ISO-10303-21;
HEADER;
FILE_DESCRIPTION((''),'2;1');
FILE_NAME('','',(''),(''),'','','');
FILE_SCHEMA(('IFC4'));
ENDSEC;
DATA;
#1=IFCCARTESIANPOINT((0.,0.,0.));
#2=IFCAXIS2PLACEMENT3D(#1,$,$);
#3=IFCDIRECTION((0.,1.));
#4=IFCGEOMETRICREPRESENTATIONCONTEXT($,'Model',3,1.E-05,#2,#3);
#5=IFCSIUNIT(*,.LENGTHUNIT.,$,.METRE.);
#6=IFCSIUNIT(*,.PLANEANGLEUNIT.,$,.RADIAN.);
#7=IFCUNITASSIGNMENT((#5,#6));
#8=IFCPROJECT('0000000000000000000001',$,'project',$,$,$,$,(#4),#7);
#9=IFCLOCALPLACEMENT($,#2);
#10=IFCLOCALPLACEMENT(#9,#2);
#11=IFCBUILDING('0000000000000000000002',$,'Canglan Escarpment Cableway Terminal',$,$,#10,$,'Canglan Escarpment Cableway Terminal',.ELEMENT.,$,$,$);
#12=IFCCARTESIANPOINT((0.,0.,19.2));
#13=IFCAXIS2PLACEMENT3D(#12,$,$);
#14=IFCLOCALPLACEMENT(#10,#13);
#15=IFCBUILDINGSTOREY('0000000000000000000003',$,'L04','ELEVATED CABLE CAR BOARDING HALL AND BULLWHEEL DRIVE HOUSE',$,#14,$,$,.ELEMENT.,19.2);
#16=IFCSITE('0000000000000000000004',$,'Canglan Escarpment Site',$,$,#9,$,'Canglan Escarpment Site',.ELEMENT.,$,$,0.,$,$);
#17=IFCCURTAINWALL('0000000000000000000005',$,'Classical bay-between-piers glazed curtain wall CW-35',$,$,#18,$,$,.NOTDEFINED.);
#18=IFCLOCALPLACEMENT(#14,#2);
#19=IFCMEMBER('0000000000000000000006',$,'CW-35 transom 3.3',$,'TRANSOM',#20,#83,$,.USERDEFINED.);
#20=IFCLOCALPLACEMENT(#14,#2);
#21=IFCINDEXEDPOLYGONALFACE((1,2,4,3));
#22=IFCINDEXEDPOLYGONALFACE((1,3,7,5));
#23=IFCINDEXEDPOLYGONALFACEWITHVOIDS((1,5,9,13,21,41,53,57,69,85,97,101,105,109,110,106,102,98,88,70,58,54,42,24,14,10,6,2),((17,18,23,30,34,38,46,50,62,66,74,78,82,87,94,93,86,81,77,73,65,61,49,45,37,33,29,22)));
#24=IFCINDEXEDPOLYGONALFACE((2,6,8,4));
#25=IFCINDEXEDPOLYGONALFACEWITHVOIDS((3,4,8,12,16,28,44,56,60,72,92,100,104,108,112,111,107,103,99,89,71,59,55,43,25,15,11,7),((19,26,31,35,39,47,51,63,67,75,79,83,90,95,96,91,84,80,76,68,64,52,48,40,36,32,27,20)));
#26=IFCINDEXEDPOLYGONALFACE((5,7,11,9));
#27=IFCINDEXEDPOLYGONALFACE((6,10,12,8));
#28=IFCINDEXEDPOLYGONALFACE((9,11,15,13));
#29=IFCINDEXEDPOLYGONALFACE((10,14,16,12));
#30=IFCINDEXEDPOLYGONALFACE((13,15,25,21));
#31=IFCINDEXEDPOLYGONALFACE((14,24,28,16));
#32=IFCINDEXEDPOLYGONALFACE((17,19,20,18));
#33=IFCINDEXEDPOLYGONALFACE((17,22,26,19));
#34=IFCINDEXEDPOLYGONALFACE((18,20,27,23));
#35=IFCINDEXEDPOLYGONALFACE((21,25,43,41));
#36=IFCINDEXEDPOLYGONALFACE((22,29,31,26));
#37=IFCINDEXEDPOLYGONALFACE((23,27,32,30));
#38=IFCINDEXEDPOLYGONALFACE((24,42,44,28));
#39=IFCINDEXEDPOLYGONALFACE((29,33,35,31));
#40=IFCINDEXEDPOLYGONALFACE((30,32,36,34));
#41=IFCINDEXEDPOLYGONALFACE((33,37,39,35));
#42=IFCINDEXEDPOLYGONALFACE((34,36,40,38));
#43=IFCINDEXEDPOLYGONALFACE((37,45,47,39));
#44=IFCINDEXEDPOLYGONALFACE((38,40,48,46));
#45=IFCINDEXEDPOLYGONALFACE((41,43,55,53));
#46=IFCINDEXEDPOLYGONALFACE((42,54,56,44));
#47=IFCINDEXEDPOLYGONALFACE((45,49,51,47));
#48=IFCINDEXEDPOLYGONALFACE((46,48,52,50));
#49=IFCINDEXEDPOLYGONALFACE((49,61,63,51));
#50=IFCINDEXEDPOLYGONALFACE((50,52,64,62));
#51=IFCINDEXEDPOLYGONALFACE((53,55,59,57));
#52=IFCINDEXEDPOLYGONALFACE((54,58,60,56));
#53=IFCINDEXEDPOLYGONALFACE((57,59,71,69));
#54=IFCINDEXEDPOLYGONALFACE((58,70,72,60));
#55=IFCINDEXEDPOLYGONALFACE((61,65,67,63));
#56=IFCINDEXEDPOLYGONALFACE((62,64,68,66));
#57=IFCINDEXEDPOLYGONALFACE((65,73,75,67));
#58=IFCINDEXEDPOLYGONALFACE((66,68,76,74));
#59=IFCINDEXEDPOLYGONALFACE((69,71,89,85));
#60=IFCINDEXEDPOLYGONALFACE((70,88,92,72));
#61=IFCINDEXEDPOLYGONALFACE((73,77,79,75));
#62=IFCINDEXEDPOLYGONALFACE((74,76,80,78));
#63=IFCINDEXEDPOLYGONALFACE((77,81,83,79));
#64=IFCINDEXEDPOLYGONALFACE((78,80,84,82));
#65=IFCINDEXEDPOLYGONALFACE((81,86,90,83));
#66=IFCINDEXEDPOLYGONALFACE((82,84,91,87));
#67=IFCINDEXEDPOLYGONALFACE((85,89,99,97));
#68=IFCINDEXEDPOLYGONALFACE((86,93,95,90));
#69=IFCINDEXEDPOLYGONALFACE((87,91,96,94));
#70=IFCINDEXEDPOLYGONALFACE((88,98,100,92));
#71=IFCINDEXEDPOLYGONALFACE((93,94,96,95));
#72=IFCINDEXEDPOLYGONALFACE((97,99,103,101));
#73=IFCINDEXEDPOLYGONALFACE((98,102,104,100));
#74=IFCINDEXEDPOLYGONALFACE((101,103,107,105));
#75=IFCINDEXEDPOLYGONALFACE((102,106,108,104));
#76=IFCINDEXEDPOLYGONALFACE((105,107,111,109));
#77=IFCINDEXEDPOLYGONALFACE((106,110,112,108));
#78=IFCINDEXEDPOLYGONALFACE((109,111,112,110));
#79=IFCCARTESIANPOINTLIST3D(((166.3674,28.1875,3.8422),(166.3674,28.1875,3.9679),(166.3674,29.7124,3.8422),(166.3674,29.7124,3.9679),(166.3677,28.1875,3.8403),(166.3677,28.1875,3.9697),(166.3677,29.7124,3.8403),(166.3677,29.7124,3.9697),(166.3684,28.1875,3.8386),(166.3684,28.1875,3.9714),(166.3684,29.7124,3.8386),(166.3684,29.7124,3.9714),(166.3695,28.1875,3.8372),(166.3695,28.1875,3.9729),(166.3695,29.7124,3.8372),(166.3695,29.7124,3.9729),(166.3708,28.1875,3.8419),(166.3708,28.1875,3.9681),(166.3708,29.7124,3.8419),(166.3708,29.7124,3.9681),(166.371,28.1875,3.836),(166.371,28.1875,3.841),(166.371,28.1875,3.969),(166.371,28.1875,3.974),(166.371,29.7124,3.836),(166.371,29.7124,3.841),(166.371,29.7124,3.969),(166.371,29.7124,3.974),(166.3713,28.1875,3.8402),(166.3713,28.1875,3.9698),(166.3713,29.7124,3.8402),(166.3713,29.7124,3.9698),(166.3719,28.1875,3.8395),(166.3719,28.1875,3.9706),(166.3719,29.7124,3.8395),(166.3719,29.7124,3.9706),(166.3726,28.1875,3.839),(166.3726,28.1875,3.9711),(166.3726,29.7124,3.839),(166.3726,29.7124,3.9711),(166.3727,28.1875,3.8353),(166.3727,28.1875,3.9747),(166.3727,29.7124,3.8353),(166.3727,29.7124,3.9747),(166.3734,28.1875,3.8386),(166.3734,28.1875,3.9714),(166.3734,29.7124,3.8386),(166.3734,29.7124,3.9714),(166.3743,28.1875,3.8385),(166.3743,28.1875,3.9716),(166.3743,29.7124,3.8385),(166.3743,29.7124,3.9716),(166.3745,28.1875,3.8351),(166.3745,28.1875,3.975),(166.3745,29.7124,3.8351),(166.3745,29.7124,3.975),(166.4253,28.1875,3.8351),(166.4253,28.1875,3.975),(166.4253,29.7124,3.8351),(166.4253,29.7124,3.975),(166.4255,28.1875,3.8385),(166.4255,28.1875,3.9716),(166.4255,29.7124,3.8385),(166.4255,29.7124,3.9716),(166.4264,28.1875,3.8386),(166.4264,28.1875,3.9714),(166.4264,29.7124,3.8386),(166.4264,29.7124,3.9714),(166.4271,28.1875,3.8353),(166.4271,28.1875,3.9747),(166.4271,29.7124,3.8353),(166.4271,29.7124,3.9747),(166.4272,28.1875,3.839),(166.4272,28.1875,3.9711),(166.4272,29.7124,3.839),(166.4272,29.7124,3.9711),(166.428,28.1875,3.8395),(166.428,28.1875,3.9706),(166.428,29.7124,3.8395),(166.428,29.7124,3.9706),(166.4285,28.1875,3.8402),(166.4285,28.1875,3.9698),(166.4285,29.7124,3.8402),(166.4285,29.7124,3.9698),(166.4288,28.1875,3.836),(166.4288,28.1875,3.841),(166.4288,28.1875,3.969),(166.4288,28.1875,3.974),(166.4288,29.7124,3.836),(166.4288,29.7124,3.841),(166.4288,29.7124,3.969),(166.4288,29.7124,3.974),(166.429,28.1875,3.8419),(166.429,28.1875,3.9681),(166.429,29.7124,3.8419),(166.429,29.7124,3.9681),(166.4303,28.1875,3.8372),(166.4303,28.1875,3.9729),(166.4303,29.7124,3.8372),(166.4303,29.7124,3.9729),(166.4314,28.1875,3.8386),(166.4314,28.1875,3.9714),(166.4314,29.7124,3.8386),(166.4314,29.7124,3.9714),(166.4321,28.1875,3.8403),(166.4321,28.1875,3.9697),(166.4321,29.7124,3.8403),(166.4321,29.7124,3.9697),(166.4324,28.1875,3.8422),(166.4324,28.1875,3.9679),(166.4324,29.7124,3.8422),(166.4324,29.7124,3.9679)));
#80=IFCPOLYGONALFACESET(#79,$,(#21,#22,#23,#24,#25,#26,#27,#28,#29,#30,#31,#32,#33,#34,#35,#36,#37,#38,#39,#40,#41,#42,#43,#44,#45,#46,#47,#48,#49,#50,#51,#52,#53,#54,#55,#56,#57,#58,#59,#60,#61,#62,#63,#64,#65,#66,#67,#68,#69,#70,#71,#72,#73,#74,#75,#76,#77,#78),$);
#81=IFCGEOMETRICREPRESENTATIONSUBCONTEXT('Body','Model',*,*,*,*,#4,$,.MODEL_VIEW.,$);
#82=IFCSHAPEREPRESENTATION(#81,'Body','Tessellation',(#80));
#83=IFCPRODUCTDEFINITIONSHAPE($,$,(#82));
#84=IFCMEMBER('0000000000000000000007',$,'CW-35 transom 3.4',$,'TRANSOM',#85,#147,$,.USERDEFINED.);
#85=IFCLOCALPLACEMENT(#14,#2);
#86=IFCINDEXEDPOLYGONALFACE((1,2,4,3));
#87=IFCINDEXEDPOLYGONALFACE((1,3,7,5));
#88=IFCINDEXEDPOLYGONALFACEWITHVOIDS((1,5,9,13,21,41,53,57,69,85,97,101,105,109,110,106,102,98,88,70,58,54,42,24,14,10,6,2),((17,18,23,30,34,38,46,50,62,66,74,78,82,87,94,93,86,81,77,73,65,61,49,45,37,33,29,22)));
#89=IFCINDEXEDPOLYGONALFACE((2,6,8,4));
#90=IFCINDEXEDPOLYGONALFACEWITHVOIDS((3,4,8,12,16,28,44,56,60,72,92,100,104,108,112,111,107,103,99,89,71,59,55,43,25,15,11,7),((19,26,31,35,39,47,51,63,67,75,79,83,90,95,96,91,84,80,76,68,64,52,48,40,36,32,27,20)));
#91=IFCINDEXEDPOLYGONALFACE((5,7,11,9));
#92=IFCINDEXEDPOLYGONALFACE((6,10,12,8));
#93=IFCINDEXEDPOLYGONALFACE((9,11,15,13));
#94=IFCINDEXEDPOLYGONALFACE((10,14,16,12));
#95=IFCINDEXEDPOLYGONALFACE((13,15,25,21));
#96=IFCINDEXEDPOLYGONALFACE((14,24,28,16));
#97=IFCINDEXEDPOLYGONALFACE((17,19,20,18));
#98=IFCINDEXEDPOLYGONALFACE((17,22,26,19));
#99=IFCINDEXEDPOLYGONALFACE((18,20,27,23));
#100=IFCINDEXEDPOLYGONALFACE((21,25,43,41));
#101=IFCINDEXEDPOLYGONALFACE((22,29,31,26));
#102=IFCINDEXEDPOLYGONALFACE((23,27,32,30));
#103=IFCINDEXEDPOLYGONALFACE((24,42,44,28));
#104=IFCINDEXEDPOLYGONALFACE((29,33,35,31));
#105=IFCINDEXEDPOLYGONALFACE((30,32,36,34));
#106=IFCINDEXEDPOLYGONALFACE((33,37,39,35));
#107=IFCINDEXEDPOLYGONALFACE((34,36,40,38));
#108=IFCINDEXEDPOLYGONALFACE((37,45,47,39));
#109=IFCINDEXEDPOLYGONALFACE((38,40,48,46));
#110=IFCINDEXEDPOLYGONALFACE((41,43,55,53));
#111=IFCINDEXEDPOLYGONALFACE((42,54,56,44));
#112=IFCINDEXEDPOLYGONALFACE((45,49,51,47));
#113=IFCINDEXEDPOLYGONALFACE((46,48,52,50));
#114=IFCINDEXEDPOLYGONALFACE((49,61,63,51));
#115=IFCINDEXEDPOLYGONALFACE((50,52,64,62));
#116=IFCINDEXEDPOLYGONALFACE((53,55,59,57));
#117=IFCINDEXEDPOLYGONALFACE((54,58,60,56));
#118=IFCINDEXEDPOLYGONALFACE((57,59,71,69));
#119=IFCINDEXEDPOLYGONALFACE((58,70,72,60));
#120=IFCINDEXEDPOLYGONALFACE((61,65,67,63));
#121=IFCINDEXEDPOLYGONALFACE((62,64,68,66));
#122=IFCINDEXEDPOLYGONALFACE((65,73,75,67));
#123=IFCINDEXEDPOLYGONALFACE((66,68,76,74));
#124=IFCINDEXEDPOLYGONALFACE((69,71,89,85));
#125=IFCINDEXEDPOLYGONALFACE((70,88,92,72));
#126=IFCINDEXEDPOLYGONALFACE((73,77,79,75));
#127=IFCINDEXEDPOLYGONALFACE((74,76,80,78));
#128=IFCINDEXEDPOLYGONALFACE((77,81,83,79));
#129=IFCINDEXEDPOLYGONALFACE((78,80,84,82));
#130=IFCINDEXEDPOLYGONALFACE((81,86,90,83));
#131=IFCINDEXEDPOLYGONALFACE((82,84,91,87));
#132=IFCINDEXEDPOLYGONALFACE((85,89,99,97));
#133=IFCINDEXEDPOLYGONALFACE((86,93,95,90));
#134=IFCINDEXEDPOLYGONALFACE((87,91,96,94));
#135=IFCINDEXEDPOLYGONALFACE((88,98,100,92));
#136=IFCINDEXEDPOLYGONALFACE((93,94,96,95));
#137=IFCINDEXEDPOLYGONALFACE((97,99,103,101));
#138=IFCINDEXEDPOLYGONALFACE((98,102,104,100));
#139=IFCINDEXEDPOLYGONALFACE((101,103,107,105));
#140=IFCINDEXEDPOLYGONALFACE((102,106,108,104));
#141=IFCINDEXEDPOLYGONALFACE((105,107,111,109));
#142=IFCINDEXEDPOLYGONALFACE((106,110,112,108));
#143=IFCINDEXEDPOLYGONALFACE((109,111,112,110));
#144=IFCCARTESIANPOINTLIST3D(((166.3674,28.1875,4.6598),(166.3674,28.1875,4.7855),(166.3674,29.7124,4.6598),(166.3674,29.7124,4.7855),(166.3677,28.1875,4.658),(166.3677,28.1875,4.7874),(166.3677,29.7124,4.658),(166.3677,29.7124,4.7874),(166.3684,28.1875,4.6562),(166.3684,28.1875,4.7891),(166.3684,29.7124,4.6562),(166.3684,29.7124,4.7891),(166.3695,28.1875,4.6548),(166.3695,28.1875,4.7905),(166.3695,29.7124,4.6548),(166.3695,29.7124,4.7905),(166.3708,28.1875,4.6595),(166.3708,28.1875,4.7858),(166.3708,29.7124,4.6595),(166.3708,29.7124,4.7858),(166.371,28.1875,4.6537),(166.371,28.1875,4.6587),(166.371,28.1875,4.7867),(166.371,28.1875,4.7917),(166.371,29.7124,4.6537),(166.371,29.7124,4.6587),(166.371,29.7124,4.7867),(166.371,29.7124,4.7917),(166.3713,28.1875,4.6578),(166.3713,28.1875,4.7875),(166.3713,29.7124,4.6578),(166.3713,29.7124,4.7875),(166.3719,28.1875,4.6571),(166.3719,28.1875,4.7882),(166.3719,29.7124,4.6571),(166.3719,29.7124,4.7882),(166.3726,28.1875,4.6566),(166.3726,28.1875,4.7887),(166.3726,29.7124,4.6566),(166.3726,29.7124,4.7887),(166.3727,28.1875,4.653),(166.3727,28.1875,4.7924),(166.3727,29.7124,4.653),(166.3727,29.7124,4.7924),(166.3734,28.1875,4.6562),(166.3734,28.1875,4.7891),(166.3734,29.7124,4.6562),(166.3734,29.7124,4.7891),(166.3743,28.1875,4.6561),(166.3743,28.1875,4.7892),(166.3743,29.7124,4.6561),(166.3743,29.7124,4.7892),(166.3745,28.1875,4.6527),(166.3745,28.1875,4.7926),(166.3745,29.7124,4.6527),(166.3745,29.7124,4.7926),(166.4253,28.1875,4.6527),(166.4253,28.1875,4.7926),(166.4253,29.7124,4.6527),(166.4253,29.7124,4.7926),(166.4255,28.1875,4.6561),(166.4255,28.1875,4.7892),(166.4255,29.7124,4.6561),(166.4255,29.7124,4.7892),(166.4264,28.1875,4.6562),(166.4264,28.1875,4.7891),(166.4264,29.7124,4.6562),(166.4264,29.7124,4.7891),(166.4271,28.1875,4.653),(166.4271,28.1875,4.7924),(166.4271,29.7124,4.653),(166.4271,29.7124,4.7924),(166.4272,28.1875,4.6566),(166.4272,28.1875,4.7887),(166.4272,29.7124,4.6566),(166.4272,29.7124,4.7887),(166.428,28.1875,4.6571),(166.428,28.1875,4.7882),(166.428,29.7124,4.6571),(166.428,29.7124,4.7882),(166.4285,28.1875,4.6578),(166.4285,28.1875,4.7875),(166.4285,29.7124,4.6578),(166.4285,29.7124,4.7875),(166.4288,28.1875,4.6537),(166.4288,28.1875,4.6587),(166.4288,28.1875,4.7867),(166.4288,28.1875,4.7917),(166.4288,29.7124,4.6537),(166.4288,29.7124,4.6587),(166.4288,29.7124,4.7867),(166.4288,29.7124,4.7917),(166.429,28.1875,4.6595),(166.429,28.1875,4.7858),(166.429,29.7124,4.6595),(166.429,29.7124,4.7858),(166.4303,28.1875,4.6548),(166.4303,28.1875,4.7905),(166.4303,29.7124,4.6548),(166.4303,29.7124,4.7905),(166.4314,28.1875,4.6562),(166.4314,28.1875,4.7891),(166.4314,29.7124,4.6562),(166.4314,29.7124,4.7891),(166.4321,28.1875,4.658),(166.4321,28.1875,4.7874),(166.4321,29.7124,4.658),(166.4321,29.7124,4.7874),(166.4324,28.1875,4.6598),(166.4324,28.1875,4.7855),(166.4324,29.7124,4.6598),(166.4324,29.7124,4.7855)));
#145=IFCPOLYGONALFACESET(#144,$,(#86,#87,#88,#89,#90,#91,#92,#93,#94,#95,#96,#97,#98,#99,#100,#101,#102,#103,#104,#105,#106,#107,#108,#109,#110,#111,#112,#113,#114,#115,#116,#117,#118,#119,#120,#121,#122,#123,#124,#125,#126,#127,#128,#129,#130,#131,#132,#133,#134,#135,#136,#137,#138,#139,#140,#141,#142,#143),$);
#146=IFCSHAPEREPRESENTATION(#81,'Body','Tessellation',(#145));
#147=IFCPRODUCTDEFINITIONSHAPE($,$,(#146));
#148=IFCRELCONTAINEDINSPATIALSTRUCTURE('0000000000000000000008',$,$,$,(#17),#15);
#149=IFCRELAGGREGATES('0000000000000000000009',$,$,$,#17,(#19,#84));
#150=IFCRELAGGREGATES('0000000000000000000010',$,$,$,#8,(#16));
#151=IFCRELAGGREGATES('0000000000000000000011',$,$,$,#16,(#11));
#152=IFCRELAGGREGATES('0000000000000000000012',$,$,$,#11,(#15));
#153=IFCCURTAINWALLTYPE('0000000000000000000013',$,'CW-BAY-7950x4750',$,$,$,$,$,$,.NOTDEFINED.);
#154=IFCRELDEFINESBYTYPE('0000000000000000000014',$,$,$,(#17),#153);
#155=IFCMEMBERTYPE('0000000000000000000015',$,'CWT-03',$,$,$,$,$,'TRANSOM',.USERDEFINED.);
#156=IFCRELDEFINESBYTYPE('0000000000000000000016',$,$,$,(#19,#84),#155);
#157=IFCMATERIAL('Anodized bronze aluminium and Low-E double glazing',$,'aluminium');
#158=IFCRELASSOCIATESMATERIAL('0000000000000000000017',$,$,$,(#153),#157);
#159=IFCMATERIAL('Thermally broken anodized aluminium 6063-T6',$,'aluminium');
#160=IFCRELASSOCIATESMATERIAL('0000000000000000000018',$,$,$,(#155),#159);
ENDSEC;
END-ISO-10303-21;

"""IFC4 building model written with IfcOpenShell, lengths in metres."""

from ifc_helpers import new_model, si_unit, direction, frame, origin, origin_2d, place, context, subcontext, project, spatial, hollow_rectangle, extrude, material, material_profile, profile_set, type_object, element, aggregate, save


model = new_model("IFC4")

# Units and contexts
model_context = context("Model", 3, precision=1e-05, world=origin(), true_north=direction((0.0, 1.0)))
body_context = subcontext(model_context, "Body", "Model", "MODEL_VIEW")
ifc_project = project(units=[si_unit("LENGTHUNIT", "METRE"), si_unit("PLANEANGLEUNIT", "RADIAN")], contexts=[model_context])

# Site, building, storey
site_placement = place(None, origin())
site = spatial("IfcSite", under=ifc_project, at=site_placement, Name="Canglan Escarpment Site", LongName="Canglan Escarpment Site", CompositionType="ELEMENT", RefElevation=0.0)
building_placement = place(site_placement, origin())
building = spatial("IfcBuilding", under=site, at=building_placement, Name="Canglan Escarpment Cableway Terminal", LongName="Canglan Escarpment Cableway Terminal", CompositionType="ELEMENT")
storey_placement = place(building_placement, frame((0.0, 0.0, 19.2)))
storey = spatial("IfcBuildingStorey", under=building, at=storey_placement, Name="L04", Description="ELEVATED CABLE CAR BOARDING HALL AND BULLWHEEL DRIVE HOUSE", CompositionType="ELEMENT", Elevation=19.2)

# Curtain wall, members
ifc_material_1 = material(Name="Anodized bronze aluminium and Low-E double glazing", Category="aluminium")
curtain_wall_type = type_object("IfcCurtainWallType", Name="CW-BAY-7950x4750", PredefinedType="NOTDEFINED", material=ifc_material_1)
curtain_wall_placement = place(storey_placement, origin())
curtain_wall = element("IfcCurtainWall", 1, at=curtain_wall_placement, inside=storey, type_object=curtain_wall_type, Name="Classical bay-between-piers glazed curtain wall CW-35", PredefinedType="NOTDEFINED")
ifc_material_2 = material(Name="Thermally broken anodized aluminium 6063-T6", Category="aluminium")
ifc_material_profile_1 = material_profile(ifc_material_2, hollow_rectangle(XDim=0.0649, YDim=0.1399, WallThickness=0.0034, InnerFilletRadius=0.0034, OuterFilletRadius=0.0071, at=origin_2d()), Name="ALU-TRAN 65x140x3.5")
ifc_profile_set_1 = profile_set([ifc_material_profile_1], Name="Thermally broken anodized aluminium 6063-T6")
member_type_1 = type_object("IfcMemberType", Name="CWT-03", ElementType="TRANSOM", PredefinedType="USERDEFINED", material=ifc_profile_set_1)
member_1_placement = place(storey_placement, frame((166.3999, 28.1875, 3.905), z_axis=(0.0, 1.0, 0.0), x_axis=(-1.0, 0.0, 0.0)))
member_1 = element("IfcMember", 2, at=member_1_placement, type_object=member_type_1, Name="CW-35 transom 3.3", ObjectType="TRANSOM", PredefinedType="USERDEFINED", context=body_context, shape_type="SweptSolid", body=[
    extrude(hollow_rectangle(XDim=0.0649, YDim=0.1399, WallThickness=0.0034, InnerFilletRadius=0.0034, OuterFilletRadius=0.0071, at=origin_2d()), origin(), (0.0, 0.0, 1.0), 1.5249),
])
member_2_placement = place(storey_placement, frame((166.3999, 28.1875, 4.7227), z_axis=(0.0, 1.0, 0.0), x_axis=(-1.0, 0.0, 0.0)))
member_2 = element("IfcMember", 3, at=member_2_placement, type_object=member_type_1, Name="CW-35 transom 3.4", ObjectType="TRANSOM", PredefinedType="USERDEFINED", context=body_context, shape_type="SweptSolid", body=[
    extrude(hollow_rectangle(XDim=0.0649, YDim=0.1399, WallThickness=0.0034, InnerFilletRadius=0.0034, OuterFilletRadius=0.0071, at=origin_2d()), origin(), (0.0, 0.0, 1.0), 1.5249),
])
aggregate(curtain_wall, [member_1, member_2])

save(model, "model.ifc")
